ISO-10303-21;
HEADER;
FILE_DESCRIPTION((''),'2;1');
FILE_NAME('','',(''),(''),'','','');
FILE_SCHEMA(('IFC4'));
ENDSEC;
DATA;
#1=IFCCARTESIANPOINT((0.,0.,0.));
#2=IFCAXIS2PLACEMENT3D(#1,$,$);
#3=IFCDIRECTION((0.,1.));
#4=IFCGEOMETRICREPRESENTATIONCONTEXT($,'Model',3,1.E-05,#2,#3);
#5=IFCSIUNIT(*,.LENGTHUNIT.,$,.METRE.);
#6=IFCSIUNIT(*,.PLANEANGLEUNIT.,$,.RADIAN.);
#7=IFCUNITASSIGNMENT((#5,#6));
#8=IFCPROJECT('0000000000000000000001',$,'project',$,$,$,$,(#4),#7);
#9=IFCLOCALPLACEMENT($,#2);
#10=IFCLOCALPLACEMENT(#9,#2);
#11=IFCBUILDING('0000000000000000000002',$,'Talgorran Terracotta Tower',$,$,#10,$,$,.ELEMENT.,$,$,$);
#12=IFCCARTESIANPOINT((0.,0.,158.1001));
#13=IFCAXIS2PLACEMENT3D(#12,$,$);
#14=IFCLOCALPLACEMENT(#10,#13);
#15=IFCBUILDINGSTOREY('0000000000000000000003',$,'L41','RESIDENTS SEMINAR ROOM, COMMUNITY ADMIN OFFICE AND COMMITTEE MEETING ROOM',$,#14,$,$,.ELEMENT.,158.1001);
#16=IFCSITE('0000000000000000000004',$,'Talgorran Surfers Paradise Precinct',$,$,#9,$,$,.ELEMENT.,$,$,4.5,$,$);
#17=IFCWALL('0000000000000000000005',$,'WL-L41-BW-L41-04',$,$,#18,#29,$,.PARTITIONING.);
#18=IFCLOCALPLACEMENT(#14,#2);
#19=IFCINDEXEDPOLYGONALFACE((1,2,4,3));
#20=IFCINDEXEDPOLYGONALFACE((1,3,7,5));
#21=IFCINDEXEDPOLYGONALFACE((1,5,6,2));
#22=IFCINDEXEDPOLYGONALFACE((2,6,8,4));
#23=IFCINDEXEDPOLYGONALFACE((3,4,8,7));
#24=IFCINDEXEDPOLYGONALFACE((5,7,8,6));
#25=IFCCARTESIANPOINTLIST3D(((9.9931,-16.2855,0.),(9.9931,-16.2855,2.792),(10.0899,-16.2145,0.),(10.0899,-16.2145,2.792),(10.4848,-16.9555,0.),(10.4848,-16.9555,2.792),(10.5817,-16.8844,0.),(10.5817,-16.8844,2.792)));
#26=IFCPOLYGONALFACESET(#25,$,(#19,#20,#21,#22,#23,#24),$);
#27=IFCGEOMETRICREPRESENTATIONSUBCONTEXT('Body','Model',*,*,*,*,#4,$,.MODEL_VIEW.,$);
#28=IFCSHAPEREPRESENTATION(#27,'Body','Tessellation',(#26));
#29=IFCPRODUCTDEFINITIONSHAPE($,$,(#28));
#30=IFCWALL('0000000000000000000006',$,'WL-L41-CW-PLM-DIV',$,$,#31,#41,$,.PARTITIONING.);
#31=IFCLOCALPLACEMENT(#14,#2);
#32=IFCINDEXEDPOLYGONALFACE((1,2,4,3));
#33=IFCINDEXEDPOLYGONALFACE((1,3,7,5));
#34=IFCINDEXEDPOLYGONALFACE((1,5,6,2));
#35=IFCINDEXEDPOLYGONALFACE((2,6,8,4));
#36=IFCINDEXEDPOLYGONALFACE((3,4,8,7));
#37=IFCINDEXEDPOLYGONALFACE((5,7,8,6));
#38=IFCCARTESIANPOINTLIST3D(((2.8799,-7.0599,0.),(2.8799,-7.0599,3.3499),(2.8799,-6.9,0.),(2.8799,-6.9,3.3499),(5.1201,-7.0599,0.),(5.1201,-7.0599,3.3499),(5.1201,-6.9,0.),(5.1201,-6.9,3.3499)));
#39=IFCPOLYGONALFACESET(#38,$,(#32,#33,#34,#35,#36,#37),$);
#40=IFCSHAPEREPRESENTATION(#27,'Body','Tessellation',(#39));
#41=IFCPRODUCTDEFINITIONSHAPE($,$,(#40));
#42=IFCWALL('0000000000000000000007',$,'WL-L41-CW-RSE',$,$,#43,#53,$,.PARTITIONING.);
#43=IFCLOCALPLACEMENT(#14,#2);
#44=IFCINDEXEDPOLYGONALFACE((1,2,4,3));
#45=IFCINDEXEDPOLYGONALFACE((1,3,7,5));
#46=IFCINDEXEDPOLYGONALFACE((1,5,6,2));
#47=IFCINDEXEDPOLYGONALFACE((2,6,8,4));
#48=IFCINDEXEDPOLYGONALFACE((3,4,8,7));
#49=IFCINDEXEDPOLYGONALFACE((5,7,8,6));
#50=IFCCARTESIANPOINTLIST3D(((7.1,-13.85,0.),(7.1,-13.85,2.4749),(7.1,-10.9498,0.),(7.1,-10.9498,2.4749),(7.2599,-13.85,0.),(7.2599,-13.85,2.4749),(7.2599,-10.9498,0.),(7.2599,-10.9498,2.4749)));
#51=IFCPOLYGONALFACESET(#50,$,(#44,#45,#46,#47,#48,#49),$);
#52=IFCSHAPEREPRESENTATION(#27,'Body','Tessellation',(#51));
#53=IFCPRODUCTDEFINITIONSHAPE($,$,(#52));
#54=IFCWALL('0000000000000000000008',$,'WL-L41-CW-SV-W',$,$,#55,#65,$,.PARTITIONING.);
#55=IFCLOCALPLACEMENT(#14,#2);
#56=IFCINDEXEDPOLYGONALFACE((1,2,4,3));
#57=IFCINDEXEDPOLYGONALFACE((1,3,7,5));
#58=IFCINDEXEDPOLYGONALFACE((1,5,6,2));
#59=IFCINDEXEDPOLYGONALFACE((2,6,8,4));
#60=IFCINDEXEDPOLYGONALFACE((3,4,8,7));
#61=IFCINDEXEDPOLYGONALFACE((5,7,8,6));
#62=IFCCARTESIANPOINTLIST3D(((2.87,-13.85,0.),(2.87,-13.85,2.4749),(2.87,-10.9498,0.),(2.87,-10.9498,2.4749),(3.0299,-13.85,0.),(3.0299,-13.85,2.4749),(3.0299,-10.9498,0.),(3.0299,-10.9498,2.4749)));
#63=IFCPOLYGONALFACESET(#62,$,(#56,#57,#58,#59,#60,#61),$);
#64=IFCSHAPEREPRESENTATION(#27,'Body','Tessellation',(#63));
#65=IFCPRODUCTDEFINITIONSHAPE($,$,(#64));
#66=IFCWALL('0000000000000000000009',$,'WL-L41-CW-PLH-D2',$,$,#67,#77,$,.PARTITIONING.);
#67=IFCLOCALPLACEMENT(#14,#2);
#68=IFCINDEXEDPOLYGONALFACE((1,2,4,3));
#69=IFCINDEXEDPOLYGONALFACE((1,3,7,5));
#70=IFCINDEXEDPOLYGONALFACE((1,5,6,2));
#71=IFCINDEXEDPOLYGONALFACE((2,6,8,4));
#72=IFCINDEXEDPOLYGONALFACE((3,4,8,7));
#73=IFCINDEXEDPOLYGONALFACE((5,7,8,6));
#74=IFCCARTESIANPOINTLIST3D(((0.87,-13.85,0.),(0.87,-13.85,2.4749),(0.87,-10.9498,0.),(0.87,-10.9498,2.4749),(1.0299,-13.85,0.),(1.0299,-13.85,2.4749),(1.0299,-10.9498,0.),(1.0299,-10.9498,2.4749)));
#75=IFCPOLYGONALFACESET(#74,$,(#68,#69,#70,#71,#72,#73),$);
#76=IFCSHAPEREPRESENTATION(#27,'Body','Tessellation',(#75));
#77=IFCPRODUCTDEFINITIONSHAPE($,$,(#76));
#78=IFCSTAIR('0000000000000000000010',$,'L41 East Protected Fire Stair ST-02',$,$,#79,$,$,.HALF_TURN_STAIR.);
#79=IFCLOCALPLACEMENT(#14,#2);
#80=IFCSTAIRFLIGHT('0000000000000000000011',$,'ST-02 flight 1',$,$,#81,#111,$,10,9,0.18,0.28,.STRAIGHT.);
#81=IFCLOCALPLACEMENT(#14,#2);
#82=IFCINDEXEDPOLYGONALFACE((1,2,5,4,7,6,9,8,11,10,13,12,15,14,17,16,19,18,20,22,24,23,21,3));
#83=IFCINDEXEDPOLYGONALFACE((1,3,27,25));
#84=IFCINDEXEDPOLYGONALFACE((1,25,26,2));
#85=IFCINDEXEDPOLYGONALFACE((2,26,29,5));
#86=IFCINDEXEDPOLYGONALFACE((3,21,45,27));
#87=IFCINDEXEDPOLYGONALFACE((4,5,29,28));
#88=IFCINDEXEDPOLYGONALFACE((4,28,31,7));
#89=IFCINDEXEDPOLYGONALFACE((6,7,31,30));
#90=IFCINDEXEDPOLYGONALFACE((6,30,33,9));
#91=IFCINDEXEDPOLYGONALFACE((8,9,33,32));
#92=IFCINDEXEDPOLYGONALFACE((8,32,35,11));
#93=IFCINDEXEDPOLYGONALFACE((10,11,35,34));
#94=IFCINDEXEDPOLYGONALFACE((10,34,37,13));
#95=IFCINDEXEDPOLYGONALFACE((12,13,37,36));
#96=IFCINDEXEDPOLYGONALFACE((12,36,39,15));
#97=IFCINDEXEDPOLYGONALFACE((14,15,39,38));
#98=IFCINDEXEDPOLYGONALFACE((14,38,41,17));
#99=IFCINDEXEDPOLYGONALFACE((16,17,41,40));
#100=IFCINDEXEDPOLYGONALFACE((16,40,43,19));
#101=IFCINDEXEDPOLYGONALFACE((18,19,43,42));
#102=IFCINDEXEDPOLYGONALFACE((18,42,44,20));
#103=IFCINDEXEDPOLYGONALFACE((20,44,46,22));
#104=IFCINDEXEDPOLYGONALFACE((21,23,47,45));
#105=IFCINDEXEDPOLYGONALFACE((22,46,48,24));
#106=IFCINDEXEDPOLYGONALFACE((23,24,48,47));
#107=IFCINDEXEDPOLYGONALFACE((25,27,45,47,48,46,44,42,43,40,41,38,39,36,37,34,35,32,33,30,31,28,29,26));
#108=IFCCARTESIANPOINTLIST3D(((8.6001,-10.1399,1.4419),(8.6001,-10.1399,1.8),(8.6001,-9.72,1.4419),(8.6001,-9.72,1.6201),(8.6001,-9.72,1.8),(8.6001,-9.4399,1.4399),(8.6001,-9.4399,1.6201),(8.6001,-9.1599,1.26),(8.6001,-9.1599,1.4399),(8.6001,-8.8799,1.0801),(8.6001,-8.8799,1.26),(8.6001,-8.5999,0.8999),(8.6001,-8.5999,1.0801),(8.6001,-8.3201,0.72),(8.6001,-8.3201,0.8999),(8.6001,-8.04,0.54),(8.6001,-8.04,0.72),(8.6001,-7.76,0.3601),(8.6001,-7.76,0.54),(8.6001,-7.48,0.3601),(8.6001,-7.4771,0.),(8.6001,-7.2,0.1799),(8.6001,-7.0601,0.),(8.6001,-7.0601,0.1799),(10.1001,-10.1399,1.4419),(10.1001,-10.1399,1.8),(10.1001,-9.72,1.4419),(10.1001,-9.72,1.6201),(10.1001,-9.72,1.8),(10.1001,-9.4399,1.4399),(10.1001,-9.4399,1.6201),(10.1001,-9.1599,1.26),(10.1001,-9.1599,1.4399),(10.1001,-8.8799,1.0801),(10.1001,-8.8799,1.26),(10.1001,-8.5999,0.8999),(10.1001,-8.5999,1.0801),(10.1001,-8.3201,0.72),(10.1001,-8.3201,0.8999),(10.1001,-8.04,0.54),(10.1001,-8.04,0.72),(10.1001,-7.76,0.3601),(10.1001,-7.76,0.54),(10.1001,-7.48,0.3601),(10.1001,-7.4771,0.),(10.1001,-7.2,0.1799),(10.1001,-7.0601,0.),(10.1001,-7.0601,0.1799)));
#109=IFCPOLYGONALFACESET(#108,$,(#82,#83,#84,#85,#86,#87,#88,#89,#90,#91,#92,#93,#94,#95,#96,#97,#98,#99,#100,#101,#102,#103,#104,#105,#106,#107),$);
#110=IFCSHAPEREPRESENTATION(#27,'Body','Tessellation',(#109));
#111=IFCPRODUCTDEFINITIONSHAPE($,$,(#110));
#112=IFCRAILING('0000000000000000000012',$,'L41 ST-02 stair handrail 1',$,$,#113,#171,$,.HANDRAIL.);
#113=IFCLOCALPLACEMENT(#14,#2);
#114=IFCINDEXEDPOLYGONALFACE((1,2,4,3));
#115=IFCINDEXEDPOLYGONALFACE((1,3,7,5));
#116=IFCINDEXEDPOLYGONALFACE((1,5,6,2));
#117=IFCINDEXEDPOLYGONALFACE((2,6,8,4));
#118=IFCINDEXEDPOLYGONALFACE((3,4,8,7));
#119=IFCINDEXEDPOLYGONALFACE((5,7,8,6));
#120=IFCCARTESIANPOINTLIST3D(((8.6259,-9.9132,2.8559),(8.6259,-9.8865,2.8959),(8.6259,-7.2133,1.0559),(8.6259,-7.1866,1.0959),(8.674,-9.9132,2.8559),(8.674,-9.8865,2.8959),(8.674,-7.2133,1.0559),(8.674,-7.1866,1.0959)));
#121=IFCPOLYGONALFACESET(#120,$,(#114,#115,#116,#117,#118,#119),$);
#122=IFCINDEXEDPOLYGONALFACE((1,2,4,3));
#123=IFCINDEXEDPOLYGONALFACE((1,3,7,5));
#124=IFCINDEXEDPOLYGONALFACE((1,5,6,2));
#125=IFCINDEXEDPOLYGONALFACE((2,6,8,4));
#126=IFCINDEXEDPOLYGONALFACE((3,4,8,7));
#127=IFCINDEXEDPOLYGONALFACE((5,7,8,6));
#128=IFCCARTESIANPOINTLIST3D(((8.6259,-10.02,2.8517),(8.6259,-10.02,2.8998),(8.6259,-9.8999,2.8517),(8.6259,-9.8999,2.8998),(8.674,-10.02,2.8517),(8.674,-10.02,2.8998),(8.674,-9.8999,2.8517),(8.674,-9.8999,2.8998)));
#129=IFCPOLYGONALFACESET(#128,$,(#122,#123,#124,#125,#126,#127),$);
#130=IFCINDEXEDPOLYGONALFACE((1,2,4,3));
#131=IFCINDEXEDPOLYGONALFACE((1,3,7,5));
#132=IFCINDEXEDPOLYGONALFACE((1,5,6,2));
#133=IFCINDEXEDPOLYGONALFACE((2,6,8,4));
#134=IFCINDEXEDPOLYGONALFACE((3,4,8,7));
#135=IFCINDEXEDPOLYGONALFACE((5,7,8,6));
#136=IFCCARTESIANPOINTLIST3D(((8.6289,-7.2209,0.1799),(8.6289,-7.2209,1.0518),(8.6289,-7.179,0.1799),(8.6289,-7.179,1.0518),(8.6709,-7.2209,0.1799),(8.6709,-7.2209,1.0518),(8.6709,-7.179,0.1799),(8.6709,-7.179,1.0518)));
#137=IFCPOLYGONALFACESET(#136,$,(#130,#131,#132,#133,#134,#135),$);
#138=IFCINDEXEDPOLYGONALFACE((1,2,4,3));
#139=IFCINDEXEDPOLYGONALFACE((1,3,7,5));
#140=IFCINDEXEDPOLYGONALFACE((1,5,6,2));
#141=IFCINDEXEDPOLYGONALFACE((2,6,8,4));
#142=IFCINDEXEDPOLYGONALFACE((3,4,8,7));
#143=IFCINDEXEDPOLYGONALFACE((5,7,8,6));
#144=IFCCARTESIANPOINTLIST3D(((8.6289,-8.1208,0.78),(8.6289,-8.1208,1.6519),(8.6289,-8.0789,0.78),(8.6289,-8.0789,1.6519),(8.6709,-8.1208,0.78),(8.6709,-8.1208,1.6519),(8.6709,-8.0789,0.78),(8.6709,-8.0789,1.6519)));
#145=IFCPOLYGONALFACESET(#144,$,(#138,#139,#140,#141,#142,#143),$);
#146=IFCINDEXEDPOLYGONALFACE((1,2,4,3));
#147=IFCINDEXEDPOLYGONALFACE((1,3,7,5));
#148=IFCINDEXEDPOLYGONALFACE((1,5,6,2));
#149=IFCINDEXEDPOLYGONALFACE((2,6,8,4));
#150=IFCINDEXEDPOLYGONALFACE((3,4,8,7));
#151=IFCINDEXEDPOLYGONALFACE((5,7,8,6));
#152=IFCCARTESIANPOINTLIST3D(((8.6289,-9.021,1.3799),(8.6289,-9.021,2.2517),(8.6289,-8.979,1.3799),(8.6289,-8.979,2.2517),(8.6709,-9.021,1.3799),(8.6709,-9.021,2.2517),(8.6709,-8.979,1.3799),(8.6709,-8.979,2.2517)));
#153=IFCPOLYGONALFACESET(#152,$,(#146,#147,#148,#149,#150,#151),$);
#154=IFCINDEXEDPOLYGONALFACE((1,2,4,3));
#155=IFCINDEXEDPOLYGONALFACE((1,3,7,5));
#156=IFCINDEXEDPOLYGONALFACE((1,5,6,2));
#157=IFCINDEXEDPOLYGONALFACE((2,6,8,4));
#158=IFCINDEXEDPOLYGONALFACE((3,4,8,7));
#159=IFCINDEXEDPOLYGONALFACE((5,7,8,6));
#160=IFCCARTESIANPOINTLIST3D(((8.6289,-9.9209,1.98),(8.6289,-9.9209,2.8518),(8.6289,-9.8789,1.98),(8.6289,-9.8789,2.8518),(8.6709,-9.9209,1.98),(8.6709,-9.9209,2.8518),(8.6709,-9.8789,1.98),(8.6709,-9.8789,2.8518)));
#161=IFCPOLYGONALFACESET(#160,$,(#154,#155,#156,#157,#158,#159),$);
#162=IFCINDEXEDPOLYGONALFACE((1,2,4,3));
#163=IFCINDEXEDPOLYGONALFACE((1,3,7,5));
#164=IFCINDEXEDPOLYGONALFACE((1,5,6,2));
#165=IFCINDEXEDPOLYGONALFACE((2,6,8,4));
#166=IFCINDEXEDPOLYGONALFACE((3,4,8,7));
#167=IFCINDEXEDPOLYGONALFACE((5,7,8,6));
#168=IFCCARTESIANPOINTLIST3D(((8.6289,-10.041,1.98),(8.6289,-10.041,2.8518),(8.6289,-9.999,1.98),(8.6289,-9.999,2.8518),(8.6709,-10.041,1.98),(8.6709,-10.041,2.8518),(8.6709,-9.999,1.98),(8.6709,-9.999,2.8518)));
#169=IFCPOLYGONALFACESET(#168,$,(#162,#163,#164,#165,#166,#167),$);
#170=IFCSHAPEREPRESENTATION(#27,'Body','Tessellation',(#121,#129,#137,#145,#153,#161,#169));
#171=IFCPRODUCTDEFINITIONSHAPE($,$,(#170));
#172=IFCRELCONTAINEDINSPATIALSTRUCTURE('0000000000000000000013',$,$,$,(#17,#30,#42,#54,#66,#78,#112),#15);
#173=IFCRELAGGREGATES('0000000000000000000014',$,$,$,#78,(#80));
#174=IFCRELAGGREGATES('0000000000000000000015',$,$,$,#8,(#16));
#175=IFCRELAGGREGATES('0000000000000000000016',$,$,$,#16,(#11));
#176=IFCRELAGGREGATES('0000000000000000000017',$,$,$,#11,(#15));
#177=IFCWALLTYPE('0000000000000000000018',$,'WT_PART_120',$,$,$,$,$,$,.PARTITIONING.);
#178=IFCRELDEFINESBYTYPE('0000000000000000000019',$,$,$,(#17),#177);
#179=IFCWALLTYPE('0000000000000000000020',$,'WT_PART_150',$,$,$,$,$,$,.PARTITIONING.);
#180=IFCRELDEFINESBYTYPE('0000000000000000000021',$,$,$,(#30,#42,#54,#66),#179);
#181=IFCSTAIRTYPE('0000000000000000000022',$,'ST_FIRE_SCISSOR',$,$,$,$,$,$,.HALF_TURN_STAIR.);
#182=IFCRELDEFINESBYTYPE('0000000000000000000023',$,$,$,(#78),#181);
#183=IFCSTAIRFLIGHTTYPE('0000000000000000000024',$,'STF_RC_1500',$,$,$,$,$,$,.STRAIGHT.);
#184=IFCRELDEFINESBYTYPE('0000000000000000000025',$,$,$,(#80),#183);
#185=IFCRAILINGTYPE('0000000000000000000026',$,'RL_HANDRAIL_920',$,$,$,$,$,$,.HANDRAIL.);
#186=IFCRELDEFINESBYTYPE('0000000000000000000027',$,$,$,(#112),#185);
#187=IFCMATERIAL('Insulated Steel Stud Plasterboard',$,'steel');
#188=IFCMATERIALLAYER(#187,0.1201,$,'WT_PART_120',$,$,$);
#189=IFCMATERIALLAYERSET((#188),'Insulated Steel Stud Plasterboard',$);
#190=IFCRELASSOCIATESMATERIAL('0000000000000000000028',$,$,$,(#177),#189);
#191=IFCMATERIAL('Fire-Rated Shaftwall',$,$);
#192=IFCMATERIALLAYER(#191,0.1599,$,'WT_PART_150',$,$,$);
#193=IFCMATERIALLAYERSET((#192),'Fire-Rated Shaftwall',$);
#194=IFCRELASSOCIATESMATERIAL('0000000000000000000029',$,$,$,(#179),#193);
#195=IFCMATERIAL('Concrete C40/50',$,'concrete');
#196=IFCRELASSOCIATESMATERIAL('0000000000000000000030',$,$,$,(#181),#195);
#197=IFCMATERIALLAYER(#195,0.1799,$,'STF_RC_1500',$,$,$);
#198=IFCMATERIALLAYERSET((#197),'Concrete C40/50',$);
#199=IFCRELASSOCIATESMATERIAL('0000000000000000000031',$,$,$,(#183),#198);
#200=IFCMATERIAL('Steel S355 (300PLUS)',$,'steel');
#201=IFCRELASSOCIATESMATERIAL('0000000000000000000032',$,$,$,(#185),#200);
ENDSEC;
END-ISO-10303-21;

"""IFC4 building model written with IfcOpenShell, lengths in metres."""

from ifc_helpers import new_model, si_unit, direction, frame, frame_2d, origin, origin_2d, place, context, subcontext, project, spatial, polyline, rectangle, outline, extrude, material, layer, layer_set, type_object, element, aggregate, save


model = new_model("IFC4")

# Units and contexts
model_context = context("Model", 3, precision=1e-05, world=origin(), true_north=direction((0.0, 1.0)))
body_context = subcontext(model_context, "Body", "Model", "MODEL_VIEW")
ifc_project = project(units=[si_unit("LENGTHUNIT", "METRE"), si_unit("PLANEANGLEUNIT", "RADIAN")], contexts=[model_context])

# Site, building, storey
site_placement = place(None, origin())
site = spatial("IfcSite", under=ifc_project, at=site_placement, Name="Talgorran Surfers Paradise Precinct", CompositionType="ELEMENT", RefElevation=4.5)
building_placement = place(site_placement, origin())
building = spatial("IfcBuilding", under=site, at=building_placement, Name="Talgorran Terracotta Tower", CompositionType="ELEMENT")
storey_placement = place(building_placement, frame((0.0, 0.0, 158.1001)))
storey = spatial("IfcBuildingStorey", under=building, at=storey_placement, Name="L41", Description="RESIDENTS SEMINAR ROOM, COMMUNITY ADMIN OFFICE AND COMMITTEE MEETING ROOM", CompositionType="ELEMENT", Elevation=158.1001)

# Shared definitions
ifc_material_1 = material(Name="Steel S355 (300PLUS)", Category="steel")

# Walls
ifc_material_2 = material(Name="Insulated Steel Stud Plasterboard", Category="steel")
ifc_layer_1 = layer(ifc_material_2, 0.1201, Name="WT_PART_120")
ifc_layer_set_1 = layer_set([ifc_layer_1], Name="Insulated Steel Stud Plasterboard")
wall_type_1 = type_object("IfcWallType", Name="WT_PART_120", PredefinedType="PARTITIONING", material=ifc_layer_set_1)
wall_1_placement = place(storey_placement, frame((10.0415, -16.25, 0.0), z_axis=(0.0, 0.0, 1.0), x_axis=(0.591695, -0.806162, 0.0)))
element("IfcWall", 1, at=wall_1_placement, inside=storey, type_object=wall_type_1, Name="WL-L41-BW-L41-04", PredefinedType="PARTITIONING", context=body_context, shape_type="SweptSolid", body=[
    extrude(rectangle(XDim=0.8311, YDim=0.1201, at=frame_2d((0.4155, 0.0))), origin(), (0.0, 0.0, 1.0), 2.792),
])
ifc_material_3 = material(Name="Fire-Rated Shaftwall")
ifc_layer_2 = layer(ifc_material_3, 0.1599, Name="WT_PART_150")
ifc_layer_set_2 = layer_set([ifc_layer_2], Name="Fire-Rated Shaftwall")
wall_type_2 = type_object("IfcWallType", Name="WT_PART_150", PredefinedType="PARTITIONING", material=ifc_layer_set_2)
wall_2_placement = place(storey_placement, frame((2.8799, -6.98, 0.0), z_axis=(0.0, 0.0, 1.0), x_axis=(1.0, 0.0, 0.0)))
element("IfcWall", 2, at=wall_2_placement, inside=storey, type_object=wall_type_2, Name="WL-L41-CW-PLM-DIV", PredefinedType="PARTITIONING", context=body_context, shape_type="SweptSolid", body=[
    extrude(rectangle(XDim=2.2402, YDim=0.1599, at=frame_2d((1.1201, 0.0))), origin(), (0.0, 0.0, 1.0), 3.3499),
])
for number, where, z_axis, x_axis, name in (
    (3, (7.1799, -13.8501, 0.0), (0.0, 0.0, 1.0), (0.0, 1.0, 0.0), "WL-L41-CW-RSE"),
    (4, (2.95, -13.8501, 0.0), (0.0, 0.0, 1.0), (0.0, 1.0, 0.0), "WL-L41-CW-SV-W"),
    (5, (0.95, -13.8501, 0.0), (0.0, 0.0, 1.0), (0.0, 1.0, 0.0), "WL-L41-CW-PLH-D2"),
):
    element("IfcWall", number, at=place(storey_placement, frame(where, z_axis=z_axis, x_axis=x_axis)), inside=storey, type_object=wall_type_2, Name=name, PredefinedType="PARTITIONING", context=body_context, shape_type="SweptSolid", body=[
        extrude(rectangle(XDim=2.9001, YDim=0.1599, at=frame_2d((1.4502, 0.0))), origin(), (0.0, 0.0, 1.0), 2.4749),
    ])

# Stair, stair flight
ifc_material_4 = material(Name="Concrete C40/50", Category="concrete")
stair_type = type_object("IfcStairType", Name="ST_FIRE_SCISSOR", PredefinedType="HALF_TURN_STAIR", material=ifc_material_4)
stair_placement = place(storey_placement, origin())
stair = element("IfcStair", 6, at=stair_placement, inside=storey, type_object=stair_type, Name="L41 East Protected Fire Stair ST-02", PredefinedType="HALF_TURN_STAIR")
ifc_layer_3 = layer(ifc_material_4, 0.1799, Name="STF_RC_1500")
ifc_layer_set_3 = layer_set([ifc_layer_3], Name="Concrete C40/50")
stair_flight_type = type_object("IfcStairFlightType", Name="STF_RC_1500", PredefinedType="STRAIGHT", material=ifc_layer_set_3)
stair_flight_placement = place(storey_placement, frame((9.3501, -7.2, 0.0), z_axis=(0.0, 0.0, 1.0), x_axis=(0.0, -1.0, 0.0)))
stair_flight = element("IfcStairFlight", 7, at=stair_flight_placement, type_object=stair_flight_type, Name="ST-02 flight 1", NumberOfRisers=10, NumberOfTreads=9, PredefinedType="STRAIGHT", RiserHeight=0.18, TreadLength=0.28, context=body_context, shape_type="SweptSolid", body=[
    extrude(outline(polyline([(-0.1399, 0.0), (-0.1399, 0.1799), (0.0, 0.1799), (0.28, 0.3601), (0.5601, 0.3601), (0.5601, 0.54), (0.8401, 0.54), (0.8401, 0.72), (1.1201, 0.72), (1.1201, 0.8999), (1.3999, 0.8999), (1.3999, 1.0801), (1.6799, 1.0801), (1.6799, 1.26), (1.96, 1.26), (1.96, 1.4399), (2.24, 1.4399), (2.24, 1.6201), (2.52, 1.6201), (2.52, 1.8), (2.9399, 1.8), (2.9399, 1.4419), (2.52, 1.4419), (0.2771, 0.0), (-0.1399, 0.0)])), frame((0.0, 0.75, 0.0), z_axis=(0.0, -1.0, 0.0), x_axis=(1.0, 0.0, 0.0)), (0.0, 0.0, 1.0), 1.5),
])
aggregate(stair, [stair_flight])

# Railing
railing_type_1 = type_object("IfcRailingType", Name="RL_HANDRAIL_920", PredefinedType="HANDRAIL", material=ifc_material_1)
railing_1_placement = place(storey_placement, frame((8.6499, -7.2, 0.1799)))
element("IfcRailing", 8, at=railing_1_placement, inside=storey, type_object=railing_type_1, Name="L41 ST-02 stair handrail 1", PredefinedType="HANDRAIL", context=body_context, shape_type="SweptSolid", body=[
    extrude(rectangle(XDim=0.0481, YDim=0.0481, at=origin_2d()), frame((0.0, 0.0, 0.896), z_axis=(0.0, -0.832039, 0.554718), x_axis=(1.0, 0.0, 0.0)), (0.0, 0.0, 1.0), 3.2449),
    extrude(rectangle(XDim=0.0481, YDim=0.0481, at=origin_2d()), frame((0.0, -2.7, 2.6958), z_axis=(0.0, -1.0, 0.0), x_axis=(1.0, 0.0, 0.0)), (0.0, 0.0, 1.0), 0.1201),
    extrude(rectangle(XDim=0.042, YDim=0.042, at=origin_2d()), origin(), (0.0, 0.0, 1.0), 0.8718),
    extrude(rectangle(XDim=0.042, YDim=0.042, at=origin_2d()), frame((0.0, -0.8999, 0.6001)), (0.0, 0.0, 1.0), 0.8718),
    extrude(rectangle(XDim=0.042, YDim=0.042, at=origin_2d()), frame((0.0, -1.8, 1.2)), (0.0, 0.0, 1.0), 0.8718),
    extrude(rectangle(XDim=0.042, YDim=0.042, at=origin_2d()), frame((0.0, -2.7, 1.8)), (0.0, 0.0, 1.0), 0.8718),
    extrude(rectangle(XDim=0.042, YDim=0.042, at=origin_2d()), frame((0.0, -2.8201, 1.8)), (0.0, 0.0, 1.0), 0.8718),
])

save(model, "model.ifc")
